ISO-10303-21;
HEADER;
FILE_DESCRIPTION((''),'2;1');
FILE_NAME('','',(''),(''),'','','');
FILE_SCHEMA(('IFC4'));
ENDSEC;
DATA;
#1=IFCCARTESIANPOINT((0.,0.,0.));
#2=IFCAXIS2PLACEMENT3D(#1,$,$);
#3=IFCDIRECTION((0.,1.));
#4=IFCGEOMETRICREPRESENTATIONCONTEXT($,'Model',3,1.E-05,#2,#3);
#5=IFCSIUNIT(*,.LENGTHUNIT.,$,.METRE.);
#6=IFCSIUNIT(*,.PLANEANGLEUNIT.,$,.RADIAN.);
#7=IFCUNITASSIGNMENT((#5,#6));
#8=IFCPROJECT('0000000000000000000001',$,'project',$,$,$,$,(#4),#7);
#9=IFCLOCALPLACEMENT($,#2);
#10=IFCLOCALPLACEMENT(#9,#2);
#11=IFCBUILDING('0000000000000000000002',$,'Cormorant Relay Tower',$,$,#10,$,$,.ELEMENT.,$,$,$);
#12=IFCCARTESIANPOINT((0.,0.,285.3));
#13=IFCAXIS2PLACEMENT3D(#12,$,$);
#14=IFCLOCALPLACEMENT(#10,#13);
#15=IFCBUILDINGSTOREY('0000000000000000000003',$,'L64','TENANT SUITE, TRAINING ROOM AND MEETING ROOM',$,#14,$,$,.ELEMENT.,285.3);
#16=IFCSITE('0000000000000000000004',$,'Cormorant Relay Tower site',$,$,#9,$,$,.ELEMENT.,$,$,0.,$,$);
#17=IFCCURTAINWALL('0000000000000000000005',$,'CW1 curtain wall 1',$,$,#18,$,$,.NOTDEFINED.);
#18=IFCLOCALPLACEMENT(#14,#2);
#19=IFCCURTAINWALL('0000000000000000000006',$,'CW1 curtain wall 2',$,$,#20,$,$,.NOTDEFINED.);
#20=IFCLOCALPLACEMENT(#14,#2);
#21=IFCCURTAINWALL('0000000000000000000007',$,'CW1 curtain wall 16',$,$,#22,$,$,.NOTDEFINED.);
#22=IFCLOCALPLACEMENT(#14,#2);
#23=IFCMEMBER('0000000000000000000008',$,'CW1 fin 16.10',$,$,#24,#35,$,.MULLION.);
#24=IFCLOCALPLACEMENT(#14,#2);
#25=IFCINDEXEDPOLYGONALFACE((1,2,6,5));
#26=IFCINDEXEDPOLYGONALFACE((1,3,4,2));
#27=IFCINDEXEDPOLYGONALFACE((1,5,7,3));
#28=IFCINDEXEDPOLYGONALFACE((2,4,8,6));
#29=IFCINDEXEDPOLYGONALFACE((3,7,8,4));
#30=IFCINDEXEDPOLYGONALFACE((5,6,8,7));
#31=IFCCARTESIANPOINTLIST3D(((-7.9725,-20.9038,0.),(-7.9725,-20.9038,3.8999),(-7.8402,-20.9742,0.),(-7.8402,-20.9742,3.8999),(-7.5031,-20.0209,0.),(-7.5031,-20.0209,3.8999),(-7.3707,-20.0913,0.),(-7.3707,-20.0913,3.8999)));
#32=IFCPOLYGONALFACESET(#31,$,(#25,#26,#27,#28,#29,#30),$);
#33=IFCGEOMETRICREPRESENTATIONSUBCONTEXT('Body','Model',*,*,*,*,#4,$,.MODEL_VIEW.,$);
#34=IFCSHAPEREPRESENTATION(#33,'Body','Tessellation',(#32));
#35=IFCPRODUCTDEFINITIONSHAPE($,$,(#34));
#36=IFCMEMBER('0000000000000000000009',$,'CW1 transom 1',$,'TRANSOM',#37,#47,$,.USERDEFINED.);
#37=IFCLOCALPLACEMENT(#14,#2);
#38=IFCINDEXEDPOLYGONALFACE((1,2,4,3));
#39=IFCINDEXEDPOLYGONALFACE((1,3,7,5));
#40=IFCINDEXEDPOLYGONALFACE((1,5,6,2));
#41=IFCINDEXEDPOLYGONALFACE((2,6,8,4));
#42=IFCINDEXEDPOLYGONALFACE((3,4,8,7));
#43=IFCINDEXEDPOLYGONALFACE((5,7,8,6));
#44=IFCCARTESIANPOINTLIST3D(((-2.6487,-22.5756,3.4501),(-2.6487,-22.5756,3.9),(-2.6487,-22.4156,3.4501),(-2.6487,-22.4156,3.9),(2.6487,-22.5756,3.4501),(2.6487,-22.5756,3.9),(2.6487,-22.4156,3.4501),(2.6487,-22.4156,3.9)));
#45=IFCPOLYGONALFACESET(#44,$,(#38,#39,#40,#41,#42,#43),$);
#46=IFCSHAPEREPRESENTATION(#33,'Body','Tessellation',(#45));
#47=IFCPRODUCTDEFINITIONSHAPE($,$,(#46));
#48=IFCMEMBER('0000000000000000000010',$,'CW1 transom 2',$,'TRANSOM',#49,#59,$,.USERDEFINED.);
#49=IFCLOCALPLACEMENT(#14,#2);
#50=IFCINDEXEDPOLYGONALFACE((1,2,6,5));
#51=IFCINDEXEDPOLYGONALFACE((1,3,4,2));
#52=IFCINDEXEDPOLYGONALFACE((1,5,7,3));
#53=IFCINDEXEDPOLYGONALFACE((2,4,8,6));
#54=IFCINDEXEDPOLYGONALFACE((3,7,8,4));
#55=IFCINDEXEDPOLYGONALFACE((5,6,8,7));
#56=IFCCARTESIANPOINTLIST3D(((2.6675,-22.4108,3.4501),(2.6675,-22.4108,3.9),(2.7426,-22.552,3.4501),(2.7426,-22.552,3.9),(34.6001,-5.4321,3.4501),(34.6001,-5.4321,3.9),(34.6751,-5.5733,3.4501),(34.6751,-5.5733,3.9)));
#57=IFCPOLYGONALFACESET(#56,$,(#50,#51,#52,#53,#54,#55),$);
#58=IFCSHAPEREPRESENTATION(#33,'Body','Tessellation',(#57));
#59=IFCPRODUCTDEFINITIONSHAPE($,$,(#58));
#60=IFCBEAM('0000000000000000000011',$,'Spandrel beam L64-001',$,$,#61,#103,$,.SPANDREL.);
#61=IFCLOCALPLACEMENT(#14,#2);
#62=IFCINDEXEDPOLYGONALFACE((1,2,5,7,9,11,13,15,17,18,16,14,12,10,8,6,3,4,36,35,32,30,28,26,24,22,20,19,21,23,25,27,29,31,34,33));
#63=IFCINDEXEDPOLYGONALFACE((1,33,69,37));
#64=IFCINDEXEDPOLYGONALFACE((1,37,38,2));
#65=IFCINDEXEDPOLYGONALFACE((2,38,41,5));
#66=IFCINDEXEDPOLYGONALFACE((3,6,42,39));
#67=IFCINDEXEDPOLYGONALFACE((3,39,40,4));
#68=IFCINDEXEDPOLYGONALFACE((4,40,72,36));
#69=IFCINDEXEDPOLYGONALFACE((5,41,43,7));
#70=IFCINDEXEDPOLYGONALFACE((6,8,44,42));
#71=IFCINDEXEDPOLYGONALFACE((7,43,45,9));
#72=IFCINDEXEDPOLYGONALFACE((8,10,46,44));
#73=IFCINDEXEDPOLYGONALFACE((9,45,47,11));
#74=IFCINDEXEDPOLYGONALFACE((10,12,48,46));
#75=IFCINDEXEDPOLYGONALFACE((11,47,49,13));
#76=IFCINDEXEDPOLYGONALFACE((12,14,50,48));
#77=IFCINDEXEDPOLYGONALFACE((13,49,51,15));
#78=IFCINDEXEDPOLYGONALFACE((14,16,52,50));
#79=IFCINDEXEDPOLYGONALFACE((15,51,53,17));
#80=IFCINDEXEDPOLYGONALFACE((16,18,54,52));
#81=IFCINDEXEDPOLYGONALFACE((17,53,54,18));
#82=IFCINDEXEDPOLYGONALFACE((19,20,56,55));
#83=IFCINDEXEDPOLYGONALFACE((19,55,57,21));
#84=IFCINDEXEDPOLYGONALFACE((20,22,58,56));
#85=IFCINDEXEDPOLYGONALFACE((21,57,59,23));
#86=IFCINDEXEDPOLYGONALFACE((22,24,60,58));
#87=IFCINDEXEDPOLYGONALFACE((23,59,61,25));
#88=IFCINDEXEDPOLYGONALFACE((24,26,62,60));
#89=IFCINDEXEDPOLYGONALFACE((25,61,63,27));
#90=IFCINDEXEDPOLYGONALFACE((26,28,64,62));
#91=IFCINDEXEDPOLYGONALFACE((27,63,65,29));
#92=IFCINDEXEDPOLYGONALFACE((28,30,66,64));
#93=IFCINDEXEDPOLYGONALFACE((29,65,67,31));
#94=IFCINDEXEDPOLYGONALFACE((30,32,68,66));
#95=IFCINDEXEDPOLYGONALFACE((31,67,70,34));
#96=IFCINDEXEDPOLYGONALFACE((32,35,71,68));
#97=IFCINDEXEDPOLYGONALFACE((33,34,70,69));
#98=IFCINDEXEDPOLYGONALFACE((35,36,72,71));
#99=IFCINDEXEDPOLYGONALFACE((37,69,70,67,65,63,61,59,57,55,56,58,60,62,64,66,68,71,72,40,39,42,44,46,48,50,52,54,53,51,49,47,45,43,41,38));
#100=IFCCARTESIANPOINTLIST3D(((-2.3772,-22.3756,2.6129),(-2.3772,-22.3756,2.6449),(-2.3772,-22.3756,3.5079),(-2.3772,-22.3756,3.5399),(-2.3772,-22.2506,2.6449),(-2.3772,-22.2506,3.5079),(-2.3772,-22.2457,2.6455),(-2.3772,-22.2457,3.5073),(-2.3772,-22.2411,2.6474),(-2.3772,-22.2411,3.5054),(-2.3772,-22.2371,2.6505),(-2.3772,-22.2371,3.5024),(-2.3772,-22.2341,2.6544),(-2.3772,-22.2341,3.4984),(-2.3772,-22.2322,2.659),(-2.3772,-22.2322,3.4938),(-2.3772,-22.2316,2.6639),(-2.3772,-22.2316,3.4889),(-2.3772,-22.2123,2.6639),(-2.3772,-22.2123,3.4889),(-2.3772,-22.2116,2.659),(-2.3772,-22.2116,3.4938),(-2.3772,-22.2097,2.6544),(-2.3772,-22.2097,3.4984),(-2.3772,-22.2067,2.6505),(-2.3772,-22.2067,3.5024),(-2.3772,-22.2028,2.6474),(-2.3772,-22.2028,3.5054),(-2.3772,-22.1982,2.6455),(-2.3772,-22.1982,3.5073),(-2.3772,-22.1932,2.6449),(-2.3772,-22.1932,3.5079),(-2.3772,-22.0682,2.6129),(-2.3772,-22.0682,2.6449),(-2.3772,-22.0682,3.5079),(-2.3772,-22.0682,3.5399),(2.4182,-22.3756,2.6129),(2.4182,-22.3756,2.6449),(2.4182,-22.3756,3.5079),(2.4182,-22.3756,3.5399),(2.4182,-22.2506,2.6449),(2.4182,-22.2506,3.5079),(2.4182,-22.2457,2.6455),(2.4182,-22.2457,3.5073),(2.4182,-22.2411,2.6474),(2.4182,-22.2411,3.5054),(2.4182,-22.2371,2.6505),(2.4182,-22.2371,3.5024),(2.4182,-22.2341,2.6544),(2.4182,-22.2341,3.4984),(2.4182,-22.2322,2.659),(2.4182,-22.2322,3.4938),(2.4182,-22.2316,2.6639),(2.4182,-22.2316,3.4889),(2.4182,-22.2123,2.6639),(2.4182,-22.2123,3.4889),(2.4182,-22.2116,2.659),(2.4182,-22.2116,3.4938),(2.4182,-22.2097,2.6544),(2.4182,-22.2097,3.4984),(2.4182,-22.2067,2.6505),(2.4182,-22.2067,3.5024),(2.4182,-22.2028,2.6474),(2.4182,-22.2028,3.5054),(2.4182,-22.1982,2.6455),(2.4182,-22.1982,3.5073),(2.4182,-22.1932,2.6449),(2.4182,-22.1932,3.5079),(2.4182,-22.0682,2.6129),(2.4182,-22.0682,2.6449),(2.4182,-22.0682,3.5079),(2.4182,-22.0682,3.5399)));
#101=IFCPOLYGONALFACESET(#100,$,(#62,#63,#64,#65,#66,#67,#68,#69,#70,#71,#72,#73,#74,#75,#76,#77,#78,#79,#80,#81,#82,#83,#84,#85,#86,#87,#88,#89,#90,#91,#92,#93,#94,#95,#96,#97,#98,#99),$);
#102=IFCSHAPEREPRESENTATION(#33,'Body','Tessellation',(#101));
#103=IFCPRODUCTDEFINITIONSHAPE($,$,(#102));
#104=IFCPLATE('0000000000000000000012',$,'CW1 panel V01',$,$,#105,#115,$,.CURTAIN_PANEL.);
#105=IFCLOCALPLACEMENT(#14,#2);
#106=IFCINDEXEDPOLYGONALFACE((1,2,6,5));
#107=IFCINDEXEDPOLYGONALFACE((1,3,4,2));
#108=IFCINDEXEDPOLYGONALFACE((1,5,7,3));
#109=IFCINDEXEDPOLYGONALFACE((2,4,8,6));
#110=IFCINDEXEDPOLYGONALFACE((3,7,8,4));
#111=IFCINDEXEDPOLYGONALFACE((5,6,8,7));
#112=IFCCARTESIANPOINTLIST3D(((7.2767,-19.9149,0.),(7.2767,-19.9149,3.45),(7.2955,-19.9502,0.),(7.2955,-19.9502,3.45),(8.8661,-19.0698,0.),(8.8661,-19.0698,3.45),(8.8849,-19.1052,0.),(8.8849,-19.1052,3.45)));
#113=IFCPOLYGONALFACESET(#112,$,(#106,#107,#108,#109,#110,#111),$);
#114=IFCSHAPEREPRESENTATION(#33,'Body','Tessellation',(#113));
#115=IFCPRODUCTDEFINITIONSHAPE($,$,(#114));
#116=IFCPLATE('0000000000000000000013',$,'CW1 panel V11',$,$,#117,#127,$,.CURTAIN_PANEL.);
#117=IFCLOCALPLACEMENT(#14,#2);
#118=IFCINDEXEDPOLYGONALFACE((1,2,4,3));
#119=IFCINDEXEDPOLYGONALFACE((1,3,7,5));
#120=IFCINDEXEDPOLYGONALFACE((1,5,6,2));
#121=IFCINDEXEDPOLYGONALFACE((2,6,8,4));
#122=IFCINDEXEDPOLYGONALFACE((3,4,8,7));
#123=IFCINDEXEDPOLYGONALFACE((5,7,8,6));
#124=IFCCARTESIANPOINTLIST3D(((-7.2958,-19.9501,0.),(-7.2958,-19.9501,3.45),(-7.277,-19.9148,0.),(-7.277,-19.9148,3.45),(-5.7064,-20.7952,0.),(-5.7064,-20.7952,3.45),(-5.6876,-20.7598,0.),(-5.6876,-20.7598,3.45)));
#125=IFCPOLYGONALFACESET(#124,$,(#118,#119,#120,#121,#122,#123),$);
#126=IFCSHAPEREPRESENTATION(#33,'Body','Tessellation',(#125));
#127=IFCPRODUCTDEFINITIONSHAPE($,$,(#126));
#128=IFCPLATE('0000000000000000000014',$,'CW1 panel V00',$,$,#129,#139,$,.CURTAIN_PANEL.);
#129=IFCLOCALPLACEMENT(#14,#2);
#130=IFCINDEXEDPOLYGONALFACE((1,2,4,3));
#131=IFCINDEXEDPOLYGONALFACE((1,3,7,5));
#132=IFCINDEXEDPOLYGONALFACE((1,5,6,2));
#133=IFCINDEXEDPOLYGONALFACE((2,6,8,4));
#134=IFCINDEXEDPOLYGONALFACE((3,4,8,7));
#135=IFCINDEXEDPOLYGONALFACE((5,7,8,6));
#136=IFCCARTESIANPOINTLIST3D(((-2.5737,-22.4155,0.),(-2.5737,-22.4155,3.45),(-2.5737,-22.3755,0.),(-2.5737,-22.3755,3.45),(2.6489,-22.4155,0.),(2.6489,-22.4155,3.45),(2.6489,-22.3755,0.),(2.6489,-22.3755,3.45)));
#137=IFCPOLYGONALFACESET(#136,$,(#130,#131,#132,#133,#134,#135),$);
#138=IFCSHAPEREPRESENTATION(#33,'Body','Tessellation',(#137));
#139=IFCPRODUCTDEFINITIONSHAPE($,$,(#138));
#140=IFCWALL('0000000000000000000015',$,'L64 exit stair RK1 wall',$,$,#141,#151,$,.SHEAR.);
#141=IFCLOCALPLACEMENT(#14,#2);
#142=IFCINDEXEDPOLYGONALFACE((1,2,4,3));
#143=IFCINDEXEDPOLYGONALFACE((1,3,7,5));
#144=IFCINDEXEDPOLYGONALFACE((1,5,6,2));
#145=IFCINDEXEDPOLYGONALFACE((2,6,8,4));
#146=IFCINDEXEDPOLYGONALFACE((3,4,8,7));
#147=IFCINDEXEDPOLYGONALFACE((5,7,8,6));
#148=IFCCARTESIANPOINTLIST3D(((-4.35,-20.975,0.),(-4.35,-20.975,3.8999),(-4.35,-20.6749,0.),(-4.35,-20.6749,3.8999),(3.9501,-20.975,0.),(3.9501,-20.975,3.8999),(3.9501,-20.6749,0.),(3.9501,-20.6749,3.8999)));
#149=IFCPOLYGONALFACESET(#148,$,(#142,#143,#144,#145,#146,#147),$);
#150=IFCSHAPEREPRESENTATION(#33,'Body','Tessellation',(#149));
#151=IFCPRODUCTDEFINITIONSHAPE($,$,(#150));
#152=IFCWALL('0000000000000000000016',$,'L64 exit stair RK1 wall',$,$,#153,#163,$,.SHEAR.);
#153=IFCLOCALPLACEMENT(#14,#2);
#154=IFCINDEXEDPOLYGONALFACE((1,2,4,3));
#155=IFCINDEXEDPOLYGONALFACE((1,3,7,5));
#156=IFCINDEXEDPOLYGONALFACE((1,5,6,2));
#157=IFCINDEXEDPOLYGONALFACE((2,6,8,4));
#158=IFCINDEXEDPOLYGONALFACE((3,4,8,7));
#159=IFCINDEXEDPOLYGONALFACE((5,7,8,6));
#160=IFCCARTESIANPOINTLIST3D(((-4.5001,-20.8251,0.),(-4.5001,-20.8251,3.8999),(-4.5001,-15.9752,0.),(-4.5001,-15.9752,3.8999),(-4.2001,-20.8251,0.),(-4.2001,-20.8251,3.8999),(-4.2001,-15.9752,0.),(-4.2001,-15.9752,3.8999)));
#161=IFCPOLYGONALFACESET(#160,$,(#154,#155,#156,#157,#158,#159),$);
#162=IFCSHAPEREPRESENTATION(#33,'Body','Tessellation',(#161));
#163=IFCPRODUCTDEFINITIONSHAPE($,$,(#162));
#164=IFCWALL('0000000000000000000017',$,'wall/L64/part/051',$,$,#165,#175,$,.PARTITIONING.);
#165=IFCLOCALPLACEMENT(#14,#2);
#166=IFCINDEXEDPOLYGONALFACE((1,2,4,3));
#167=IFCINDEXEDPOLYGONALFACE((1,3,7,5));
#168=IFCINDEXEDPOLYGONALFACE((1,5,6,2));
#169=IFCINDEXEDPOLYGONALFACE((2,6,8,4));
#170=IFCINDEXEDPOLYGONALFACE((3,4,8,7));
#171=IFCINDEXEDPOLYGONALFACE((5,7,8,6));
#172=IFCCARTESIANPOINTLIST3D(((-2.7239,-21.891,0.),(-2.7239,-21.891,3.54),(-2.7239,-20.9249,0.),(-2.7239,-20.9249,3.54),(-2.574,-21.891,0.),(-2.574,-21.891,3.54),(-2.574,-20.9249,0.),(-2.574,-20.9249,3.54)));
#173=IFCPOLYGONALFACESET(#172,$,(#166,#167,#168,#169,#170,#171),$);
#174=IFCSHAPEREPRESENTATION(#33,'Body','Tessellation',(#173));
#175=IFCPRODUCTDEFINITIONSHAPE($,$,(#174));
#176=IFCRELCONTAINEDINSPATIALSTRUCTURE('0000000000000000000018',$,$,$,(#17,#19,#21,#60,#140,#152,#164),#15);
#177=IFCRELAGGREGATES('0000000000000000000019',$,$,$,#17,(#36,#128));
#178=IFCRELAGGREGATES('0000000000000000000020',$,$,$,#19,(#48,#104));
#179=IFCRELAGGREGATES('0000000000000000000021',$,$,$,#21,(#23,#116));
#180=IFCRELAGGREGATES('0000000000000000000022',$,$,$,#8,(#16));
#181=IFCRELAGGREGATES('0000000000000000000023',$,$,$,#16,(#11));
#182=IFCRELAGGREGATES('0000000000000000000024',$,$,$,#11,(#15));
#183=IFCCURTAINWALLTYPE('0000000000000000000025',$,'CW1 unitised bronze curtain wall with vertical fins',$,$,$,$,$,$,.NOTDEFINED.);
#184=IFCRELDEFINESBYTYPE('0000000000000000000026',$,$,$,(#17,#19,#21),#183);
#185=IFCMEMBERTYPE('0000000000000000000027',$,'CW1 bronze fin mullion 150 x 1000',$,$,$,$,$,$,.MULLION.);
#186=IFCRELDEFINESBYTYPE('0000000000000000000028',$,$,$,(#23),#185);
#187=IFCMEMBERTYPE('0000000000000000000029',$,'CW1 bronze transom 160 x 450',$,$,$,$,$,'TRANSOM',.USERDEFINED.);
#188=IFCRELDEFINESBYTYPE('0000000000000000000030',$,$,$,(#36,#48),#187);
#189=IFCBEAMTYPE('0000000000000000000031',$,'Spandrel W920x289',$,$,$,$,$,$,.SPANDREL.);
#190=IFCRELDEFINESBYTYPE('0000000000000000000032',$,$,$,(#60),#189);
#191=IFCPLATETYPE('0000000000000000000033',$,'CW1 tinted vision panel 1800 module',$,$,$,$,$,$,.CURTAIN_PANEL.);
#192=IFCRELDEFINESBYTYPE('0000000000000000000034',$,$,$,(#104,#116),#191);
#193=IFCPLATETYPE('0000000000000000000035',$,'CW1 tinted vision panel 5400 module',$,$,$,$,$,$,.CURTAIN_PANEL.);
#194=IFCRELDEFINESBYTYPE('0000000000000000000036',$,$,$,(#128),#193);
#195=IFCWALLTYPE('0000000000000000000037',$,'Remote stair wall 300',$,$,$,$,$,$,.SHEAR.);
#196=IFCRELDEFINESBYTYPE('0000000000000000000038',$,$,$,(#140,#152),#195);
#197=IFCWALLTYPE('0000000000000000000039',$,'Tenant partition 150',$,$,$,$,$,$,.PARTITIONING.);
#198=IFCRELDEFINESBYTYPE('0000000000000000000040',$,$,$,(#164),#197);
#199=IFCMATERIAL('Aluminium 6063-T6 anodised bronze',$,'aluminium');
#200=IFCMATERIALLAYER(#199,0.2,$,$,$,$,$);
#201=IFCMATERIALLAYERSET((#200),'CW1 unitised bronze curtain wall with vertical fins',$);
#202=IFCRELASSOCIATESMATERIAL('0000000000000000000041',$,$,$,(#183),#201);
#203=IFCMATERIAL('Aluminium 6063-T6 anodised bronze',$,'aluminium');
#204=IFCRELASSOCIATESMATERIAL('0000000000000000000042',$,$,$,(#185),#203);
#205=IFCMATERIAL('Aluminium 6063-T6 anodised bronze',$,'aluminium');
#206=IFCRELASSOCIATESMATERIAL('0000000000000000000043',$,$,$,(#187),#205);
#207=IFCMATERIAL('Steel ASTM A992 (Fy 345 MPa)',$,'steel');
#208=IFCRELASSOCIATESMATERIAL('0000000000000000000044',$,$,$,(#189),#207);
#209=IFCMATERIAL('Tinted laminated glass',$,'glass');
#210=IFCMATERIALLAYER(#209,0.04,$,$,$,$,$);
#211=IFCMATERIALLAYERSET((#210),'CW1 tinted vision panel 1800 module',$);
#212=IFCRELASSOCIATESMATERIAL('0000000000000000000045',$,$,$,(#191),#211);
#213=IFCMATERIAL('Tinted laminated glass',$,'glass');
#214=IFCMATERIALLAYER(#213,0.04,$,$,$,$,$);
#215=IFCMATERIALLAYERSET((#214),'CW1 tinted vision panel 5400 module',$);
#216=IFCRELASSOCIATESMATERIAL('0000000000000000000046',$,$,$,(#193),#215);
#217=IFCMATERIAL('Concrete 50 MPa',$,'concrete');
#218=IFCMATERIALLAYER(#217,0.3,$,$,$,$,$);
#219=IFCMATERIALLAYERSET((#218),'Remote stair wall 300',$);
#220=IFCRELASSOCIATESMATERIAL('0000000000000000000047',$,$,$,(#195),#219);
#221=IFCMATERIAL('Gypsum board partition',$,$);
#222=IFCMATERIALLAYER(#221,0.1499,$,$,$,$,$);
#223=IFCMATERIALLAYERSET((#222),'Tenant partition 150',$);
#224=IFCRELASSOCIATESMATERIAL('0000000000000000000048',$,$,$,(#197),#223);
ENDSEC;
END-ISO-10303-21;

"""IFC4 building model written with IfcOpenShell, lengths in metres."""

from ifc_helpers import new_model, si_unit, direction, frame, frame_2d, origin, origin_2d, place, context, subcontext, project, spatial, rectangle, i_section, extrude, material, layer, layer_set, material_profile, profile_set, type_object, element, aggregate, save


model = new_model("IFC4")

# Units and contexts
model_context = context("Model", 3, precision=1e-05, world=origin(), true_north=direction((0.0, 1.0)))
body_context = subcontext(model_context, "Body", "Model", "MODEL_VIEW")
ifc_project = project(units=[si_unit("LENGTHUNIT", "METRE"), si_unit("PLANEANGLEUNIT", "RADIAN")], contexts=[model_context])

# Site, building, storey
site_placement = place(None, origin())
site = spatial("IfcSite", under=ifc_project, at=site_placement, Name="Cormorant Relay Tower site", CompositionType="ELEMENT", RefElevation=0.0)
building_placement = place(site_placement, origin())
building = spatial("IfcBuilding", under=site, at=building_placement, Name="Cormorant Relay Tower", CompositionType="ELEMENT")
storey_placement = place(building_placement, frame((0.0, 0.0, 285.3)))
storey = spatial("IfcBuildingStorey", under=building, at=storey_placement, Name="L64", Description="TENANT SUITE, TRAINING ROOM AND MEETING ROOM", CompositionType="ELEMENT", Elevation=285.3)

# Curtain wall
ifc_material_1 = material(Name="Aluminium 6063-T6 anodised bronze", Category="aluminium")
ifc_layer_1 = layer(ifc_material_1, 0.2)
ifc_layer_set_1 = layer_set([ifc_layer_1], Name="CW1 unitised bronze curtain wall with vertical fins")
curtain_wall_type = type_object("IfcCurtainWallType", Name="CW1 unitised bronze curtain wall with vertical fins", PredefinedType="NOTDEFINED", material=ifc_layer_set_1)
curtain_wall_1_placement = place(storey_placement, origin())
curtain_wall_1 = element("IfcCurtainWall", 1, at=curtain_wall_1_placement, inside=storey, type_object=curtain_wall_type, Name="CW1 curtain wall 1", PredefinedType="NOTDEFINED")
ifc_material_2 = material(Name="Aluminium 6063-T6 anodised bronze", Category="aluminium")
ifc_material_profile_1 = material_profile(ifc_material_2, rectangle(XDim=0.1499, YDim=1.0, at=origin_2d()), Name="AL 150x1000")
ifc_profile_set_1 = profile_set([ifc_material_profile_1], Name="Aluminium 6063-T6 anodised bronze")
member_type_1 = type_object("IfcMemberType", Name="CW1 bronze fin mullion 150 x 1000", PredefinedType="MULLION", material=ifc_profile_set_1)

# Curtain wall
curtain_wall_2_placement = place(storey_placement, origin())
curtain_wall_2 = element("IfcCurtainWall", 2, at=curtain_wall_2_placement, inside=storey, type_object=curtain_wall_type, Name="CW1 curtain wall 2", PredefinedType="NOTDEFINED")

# Curtain wall, member
curtain_wall_3_placement = place(storey_placement, origin())
curtain_wall_3 = element("IfcCurtainWall", 3, at=curtain_wall_3_placement, inside=storey, type_object=curtain_wall_type, Name="CW1 curtain wall 16", PredefinedType="NOTDEFINED")
member_1_placement = place(storey_placement, frame((-7.6716, -20.4976, 0.0), z_axis=(0.0, 0.0, 1.0), x_axis=(0.882948, -0.469472, 0.0)))
member_1 = element("IfcMember", 4, at=member_1_placement, type_object=member_type_1, Name="CW1 fin 16.10", PredefinedType="MULLION", context=body_context, shape_type="SweptSolid", body=[
    extrude(rectangle(XDim=0.1499, YDim=1.0, at=origin_2d()), origin(), (0.0, 0.0, 1.0), 3.8999),
])

# Members
ifc_material_3 = material(Name="Aluminium 6063-T6 anodised bronze", Category="aluminium")
ifc_material_profile_2 = material_profile(ifc_material_3, rectangle(XDim=0.1599, YDim=0.45, at=origin_2d()), Name="AL 160x450")
ifc_profile_set_2 = profile_set([ifc_material_profile_2], Name="Aluminium 6063-T6 anodised bronze")
member_type_2 = type_object("IfcMemberType", Name="CW1 bronze transom 160 x 450", ElementType="TRANSOM", PredefinedType="USERDEFINED", material=ifc_profile_set_2)
member_2_placement = place(storey_placement, frame((-2.6487, -22.4956, 3.675), z_axis=(1.0, 0.0, 0.0), x_axis=(0.0, 1.0, 0.0)))
member_2 = element("IfcMember", 5, at=member_2_placement, type_object=member_type_2, Name="CW1 transom 1", ObjectType="TRANSOM", PredefinedType="USERDEFINED", context=body_context, shape_type="SweptSolid", body=[
    extrude(rectangle(XDim=0.1599, YDim=0.45, at=origin_2d()), origin(), (0.0, 0.0, 1.0), 5.2974),
])
member_3_placement = place(storey_placement, frame((2.7051, -22.4814, 3.675), z_axis=(0.882949, 0.469469, 0.0), x_axis=(-0.469469, 0.882949, 0.0)))
member_3 = element("IfcMember", 6, at=member_3_placement, type_object=member_type_2, Name="CW1 transom 2", ObjectType="TRANSOM", PredefinedType="USERDEFINED", context=body_context, shape_type="SweptSolid", body=[
    extrude(rectangle(XDim=0.1599, YDim=0.45, at=origin_2d()), origin(), (0.0, 0.0, 1.0), 36.1658),
])

# Beam
ifc_material_4 = material(Name="Steel ASTM A992 (Fy 345 MPa)", Category="steel")
ifc_material_profile_3 = material_profile(ifc_material_4, i_section(OverallWidth=0.3074, OverallDepth=0.927, WebThickness=0.0193, FlangeThickness=0.032, FilletRadius=0.019, at=origin_2d()), Name="W920x289")
ifc_profile_set_3 = profile_set([ifc_material_profile_3], Name="Steel ASTM A992 (Fy 345 MPa)")
beam_type = type_object("IfcBeamType", Name="Spandrel W920x289", PredefinedType="SPANDREL", material=ifc_profile_set_3)
beam_placement = place(storey_placement, frame((-2.3772, -22.2219, 3.0764), z_axis=(1.0, 0.0, 0.0), x_axis=(0.0, 1.0, 0.0)))
element("IfcBeam", 7, at=beam_placement, inside=storey, type_object=beam_type, Name="Spandrel beam L64-001", PredefinedType="SPANDREL", context=body_context, shape_type="SweptSolid", body=[
    extrude(i_section(OverallWidth=0.3074, OverallDepth=0.927, WebThickness=0.0193, FlangeThickness=0.032, FilletRadius=0.019, at=origin_2d()), origin(), (0.0, 0.0, 1.0), 4.7954),
])

# Plates
ifc_material_5 = material(Name="Tinted laminated glass", Category="glass")
ifc_layer_2 = layer(ifc_material_5, 0.04)
ifc_layer_set_2 = layer_set([ifc_layer_2], Name="CW1 tinted vision panel 1800 module")
plate_type_1 = type_object("IfcPlateType", Name="CW1 tinted vision panel 1800 module", PredefinedType="CURTAIN_PANEL", material=ifc_layer_set_2)
plate_1_placement = place(storey_placement, frame((8.0808, -19.51, 0.0), z_axis=(0.0, 0.0, 1.0), x_axis=(0.882948, 0.469472, 0.0)))
plate_1 = element("IfcPlate", 8, at=plate_1_placement, type_object=plate_type_1, Name="CW1 panel V01", PredefinedType="CURTAIN_PANEL", context=body_context, shape_type="SweptSolid", body=[
    extrude(rectangle(XDim=1.8, YDim=0.04, at=origin_2d()), origin(), (0.0, 0.0, 1.0), 3.45),
])
plate_2_placement = place(storey_placement, frame((-6.4917, -20.355, 0.0), z_axis=(0.0, 0.0, 1.0), x_axis=(0.882948, -0.469472, 0.0)))
plate_2 = element("IfcPlate", 9, at=plate_2_placement, type_object=plate_type_1, Name="CW1 panel V11", PredefinedType="CURTAIN_PANEL", context=body_context, shape_type="SweptSolid", body=[
    extrude(rectangle(XDim=1.8, YDim=0.04, at=origin_2d()), origin(), (0.0, 0.0, 1.0), 3.45),
])
ifc_material_6 = material(Name="Tinted laminated glass", Category="glass")
ifc_layer_3 = layer(ifc_material_6, 0.04)
ifc_layer_set_3 = layer_set([ifc_layer_3], Name="CW1 tinted vision panel 5400 module")
plate_type_2 = type_object("IfcPlateType", Name="CW1 tinted vision panel 5400 module", PredefinedType="CURTAIN_PANEL", material=ifc_layer_set_3)
plate_3_placement = place(storey_placement, frame((0.0376, -22.3955, 0.0), z_axis=(0.0, 0.0, 1.0), x_axis=(1.0, 0.0, 0.0)))
plate_3 = element("IfcPlate", 10, at=plate_3_placement, type_object=plate_type_2, Name="CW1 panel V00", PredefinedType="CURTAIN_PANEL", context=body_context, shape_type="SweptSolid", body=[
    extrude(rectangle(XDim=5.2227, YDim=0.04, at=origin_2d()), origin(), (0.0, 0.0, 1.0), 3.45),
])
aggregate(curtain_wall_1, [member_2, plate_3])

# Walls
ifc_material_7 = material(Name="Concrete 50 MPa", Category="concrete")
ifc_layer_4 = layer(ifc_material_7, 0.3)
ifc_layer_set_4 = layer_set([ifc_layer_4], Name="Remote stair wall 300")
wall_type_1 = type_object("IfcWallType", Name="Remote stair wall 300", PredefinedType="SHEAR", material=ifc_layer_set_4)
wall_1_placement = place(storey_placement, frame((3.95, -20.825, 0.0), z_axis=(0.0, 0.0, 1.0), x_axis=(-1.0, 0.0, 0.0)))
element("IfcWall", 11, at=wall_1_placement, inside=storey, type_object=wall_type_1, Name="L64 exit stair RK1 wall", PredefinedType="SHEAR", context=body_context, shape_type="SweptSolid", body=[
    extrude(rectangle(XDim=8.3, YDim=0.3, at=frame_2d((4.1499, 0.0))), origin(), (0.0, 0.0, 1.0), 3.8999),
])
wall_2_placement = place(storey_placement, frame((-4.3501, -20.825, 0.0), z_axis=(0.0, 0.0, 1.0), x_axis=(0.0, 1.0, 0.0)))
element("IfcWall", 12, at=wall_2_placement, inside=storey, type_object=wall_type_1, Name="L64 exit stair RK1 wall", PredefinedType="SHEAR", context=body_context, shape_type="SweptSolid", body=[
    extrude(rectangle(XDim=4.8499, YDim=0.3, at=frame_2d((2.4248, 0.0))), origin(), (0.0, 0.0, 1.0), 3.8999),
])
ifc_material_8 = material(Name="Gypsum board partition")
ifc_layer_5 = layer(ifc_material_8, 0.1499)
ifc_layer_set_5 = layer_set([ifc_layer_5], Name="Tenant partition 150")
wall_type_2 = type_object("IfcWallType", Name="Tenant partition 150", PredefinedType="PARTITIONING", material=ifc_layer_set_5)
wall_3_placement = place(storey_placement, frame((-2.6489, -20.925, 0.0), z_axis=(0.0, 0.0, 1.0), x_axis=(0.0, -1.0, 0.0)))
element("IfcWall", 13, at=wall_3_placement, inside=storey, type_object=wall_type_2, Name="wall/L64/part/051", PredefinedType="PARTITIONING", context=body_context, shape_type="SweptSolid", body=[
    extrude(rectangle(XDim=0.9661, YDim=0.1499, at=frame_2d((0.4829, 0.0))), origin(), (0.0, 0.0, 1.0), 3.54),
])

aggregate(curtain_wall_2, [member_3, plate_1])
aggregate(curtain_wall_3, [member_1, plate_2])

save(model, "model.ifc")
